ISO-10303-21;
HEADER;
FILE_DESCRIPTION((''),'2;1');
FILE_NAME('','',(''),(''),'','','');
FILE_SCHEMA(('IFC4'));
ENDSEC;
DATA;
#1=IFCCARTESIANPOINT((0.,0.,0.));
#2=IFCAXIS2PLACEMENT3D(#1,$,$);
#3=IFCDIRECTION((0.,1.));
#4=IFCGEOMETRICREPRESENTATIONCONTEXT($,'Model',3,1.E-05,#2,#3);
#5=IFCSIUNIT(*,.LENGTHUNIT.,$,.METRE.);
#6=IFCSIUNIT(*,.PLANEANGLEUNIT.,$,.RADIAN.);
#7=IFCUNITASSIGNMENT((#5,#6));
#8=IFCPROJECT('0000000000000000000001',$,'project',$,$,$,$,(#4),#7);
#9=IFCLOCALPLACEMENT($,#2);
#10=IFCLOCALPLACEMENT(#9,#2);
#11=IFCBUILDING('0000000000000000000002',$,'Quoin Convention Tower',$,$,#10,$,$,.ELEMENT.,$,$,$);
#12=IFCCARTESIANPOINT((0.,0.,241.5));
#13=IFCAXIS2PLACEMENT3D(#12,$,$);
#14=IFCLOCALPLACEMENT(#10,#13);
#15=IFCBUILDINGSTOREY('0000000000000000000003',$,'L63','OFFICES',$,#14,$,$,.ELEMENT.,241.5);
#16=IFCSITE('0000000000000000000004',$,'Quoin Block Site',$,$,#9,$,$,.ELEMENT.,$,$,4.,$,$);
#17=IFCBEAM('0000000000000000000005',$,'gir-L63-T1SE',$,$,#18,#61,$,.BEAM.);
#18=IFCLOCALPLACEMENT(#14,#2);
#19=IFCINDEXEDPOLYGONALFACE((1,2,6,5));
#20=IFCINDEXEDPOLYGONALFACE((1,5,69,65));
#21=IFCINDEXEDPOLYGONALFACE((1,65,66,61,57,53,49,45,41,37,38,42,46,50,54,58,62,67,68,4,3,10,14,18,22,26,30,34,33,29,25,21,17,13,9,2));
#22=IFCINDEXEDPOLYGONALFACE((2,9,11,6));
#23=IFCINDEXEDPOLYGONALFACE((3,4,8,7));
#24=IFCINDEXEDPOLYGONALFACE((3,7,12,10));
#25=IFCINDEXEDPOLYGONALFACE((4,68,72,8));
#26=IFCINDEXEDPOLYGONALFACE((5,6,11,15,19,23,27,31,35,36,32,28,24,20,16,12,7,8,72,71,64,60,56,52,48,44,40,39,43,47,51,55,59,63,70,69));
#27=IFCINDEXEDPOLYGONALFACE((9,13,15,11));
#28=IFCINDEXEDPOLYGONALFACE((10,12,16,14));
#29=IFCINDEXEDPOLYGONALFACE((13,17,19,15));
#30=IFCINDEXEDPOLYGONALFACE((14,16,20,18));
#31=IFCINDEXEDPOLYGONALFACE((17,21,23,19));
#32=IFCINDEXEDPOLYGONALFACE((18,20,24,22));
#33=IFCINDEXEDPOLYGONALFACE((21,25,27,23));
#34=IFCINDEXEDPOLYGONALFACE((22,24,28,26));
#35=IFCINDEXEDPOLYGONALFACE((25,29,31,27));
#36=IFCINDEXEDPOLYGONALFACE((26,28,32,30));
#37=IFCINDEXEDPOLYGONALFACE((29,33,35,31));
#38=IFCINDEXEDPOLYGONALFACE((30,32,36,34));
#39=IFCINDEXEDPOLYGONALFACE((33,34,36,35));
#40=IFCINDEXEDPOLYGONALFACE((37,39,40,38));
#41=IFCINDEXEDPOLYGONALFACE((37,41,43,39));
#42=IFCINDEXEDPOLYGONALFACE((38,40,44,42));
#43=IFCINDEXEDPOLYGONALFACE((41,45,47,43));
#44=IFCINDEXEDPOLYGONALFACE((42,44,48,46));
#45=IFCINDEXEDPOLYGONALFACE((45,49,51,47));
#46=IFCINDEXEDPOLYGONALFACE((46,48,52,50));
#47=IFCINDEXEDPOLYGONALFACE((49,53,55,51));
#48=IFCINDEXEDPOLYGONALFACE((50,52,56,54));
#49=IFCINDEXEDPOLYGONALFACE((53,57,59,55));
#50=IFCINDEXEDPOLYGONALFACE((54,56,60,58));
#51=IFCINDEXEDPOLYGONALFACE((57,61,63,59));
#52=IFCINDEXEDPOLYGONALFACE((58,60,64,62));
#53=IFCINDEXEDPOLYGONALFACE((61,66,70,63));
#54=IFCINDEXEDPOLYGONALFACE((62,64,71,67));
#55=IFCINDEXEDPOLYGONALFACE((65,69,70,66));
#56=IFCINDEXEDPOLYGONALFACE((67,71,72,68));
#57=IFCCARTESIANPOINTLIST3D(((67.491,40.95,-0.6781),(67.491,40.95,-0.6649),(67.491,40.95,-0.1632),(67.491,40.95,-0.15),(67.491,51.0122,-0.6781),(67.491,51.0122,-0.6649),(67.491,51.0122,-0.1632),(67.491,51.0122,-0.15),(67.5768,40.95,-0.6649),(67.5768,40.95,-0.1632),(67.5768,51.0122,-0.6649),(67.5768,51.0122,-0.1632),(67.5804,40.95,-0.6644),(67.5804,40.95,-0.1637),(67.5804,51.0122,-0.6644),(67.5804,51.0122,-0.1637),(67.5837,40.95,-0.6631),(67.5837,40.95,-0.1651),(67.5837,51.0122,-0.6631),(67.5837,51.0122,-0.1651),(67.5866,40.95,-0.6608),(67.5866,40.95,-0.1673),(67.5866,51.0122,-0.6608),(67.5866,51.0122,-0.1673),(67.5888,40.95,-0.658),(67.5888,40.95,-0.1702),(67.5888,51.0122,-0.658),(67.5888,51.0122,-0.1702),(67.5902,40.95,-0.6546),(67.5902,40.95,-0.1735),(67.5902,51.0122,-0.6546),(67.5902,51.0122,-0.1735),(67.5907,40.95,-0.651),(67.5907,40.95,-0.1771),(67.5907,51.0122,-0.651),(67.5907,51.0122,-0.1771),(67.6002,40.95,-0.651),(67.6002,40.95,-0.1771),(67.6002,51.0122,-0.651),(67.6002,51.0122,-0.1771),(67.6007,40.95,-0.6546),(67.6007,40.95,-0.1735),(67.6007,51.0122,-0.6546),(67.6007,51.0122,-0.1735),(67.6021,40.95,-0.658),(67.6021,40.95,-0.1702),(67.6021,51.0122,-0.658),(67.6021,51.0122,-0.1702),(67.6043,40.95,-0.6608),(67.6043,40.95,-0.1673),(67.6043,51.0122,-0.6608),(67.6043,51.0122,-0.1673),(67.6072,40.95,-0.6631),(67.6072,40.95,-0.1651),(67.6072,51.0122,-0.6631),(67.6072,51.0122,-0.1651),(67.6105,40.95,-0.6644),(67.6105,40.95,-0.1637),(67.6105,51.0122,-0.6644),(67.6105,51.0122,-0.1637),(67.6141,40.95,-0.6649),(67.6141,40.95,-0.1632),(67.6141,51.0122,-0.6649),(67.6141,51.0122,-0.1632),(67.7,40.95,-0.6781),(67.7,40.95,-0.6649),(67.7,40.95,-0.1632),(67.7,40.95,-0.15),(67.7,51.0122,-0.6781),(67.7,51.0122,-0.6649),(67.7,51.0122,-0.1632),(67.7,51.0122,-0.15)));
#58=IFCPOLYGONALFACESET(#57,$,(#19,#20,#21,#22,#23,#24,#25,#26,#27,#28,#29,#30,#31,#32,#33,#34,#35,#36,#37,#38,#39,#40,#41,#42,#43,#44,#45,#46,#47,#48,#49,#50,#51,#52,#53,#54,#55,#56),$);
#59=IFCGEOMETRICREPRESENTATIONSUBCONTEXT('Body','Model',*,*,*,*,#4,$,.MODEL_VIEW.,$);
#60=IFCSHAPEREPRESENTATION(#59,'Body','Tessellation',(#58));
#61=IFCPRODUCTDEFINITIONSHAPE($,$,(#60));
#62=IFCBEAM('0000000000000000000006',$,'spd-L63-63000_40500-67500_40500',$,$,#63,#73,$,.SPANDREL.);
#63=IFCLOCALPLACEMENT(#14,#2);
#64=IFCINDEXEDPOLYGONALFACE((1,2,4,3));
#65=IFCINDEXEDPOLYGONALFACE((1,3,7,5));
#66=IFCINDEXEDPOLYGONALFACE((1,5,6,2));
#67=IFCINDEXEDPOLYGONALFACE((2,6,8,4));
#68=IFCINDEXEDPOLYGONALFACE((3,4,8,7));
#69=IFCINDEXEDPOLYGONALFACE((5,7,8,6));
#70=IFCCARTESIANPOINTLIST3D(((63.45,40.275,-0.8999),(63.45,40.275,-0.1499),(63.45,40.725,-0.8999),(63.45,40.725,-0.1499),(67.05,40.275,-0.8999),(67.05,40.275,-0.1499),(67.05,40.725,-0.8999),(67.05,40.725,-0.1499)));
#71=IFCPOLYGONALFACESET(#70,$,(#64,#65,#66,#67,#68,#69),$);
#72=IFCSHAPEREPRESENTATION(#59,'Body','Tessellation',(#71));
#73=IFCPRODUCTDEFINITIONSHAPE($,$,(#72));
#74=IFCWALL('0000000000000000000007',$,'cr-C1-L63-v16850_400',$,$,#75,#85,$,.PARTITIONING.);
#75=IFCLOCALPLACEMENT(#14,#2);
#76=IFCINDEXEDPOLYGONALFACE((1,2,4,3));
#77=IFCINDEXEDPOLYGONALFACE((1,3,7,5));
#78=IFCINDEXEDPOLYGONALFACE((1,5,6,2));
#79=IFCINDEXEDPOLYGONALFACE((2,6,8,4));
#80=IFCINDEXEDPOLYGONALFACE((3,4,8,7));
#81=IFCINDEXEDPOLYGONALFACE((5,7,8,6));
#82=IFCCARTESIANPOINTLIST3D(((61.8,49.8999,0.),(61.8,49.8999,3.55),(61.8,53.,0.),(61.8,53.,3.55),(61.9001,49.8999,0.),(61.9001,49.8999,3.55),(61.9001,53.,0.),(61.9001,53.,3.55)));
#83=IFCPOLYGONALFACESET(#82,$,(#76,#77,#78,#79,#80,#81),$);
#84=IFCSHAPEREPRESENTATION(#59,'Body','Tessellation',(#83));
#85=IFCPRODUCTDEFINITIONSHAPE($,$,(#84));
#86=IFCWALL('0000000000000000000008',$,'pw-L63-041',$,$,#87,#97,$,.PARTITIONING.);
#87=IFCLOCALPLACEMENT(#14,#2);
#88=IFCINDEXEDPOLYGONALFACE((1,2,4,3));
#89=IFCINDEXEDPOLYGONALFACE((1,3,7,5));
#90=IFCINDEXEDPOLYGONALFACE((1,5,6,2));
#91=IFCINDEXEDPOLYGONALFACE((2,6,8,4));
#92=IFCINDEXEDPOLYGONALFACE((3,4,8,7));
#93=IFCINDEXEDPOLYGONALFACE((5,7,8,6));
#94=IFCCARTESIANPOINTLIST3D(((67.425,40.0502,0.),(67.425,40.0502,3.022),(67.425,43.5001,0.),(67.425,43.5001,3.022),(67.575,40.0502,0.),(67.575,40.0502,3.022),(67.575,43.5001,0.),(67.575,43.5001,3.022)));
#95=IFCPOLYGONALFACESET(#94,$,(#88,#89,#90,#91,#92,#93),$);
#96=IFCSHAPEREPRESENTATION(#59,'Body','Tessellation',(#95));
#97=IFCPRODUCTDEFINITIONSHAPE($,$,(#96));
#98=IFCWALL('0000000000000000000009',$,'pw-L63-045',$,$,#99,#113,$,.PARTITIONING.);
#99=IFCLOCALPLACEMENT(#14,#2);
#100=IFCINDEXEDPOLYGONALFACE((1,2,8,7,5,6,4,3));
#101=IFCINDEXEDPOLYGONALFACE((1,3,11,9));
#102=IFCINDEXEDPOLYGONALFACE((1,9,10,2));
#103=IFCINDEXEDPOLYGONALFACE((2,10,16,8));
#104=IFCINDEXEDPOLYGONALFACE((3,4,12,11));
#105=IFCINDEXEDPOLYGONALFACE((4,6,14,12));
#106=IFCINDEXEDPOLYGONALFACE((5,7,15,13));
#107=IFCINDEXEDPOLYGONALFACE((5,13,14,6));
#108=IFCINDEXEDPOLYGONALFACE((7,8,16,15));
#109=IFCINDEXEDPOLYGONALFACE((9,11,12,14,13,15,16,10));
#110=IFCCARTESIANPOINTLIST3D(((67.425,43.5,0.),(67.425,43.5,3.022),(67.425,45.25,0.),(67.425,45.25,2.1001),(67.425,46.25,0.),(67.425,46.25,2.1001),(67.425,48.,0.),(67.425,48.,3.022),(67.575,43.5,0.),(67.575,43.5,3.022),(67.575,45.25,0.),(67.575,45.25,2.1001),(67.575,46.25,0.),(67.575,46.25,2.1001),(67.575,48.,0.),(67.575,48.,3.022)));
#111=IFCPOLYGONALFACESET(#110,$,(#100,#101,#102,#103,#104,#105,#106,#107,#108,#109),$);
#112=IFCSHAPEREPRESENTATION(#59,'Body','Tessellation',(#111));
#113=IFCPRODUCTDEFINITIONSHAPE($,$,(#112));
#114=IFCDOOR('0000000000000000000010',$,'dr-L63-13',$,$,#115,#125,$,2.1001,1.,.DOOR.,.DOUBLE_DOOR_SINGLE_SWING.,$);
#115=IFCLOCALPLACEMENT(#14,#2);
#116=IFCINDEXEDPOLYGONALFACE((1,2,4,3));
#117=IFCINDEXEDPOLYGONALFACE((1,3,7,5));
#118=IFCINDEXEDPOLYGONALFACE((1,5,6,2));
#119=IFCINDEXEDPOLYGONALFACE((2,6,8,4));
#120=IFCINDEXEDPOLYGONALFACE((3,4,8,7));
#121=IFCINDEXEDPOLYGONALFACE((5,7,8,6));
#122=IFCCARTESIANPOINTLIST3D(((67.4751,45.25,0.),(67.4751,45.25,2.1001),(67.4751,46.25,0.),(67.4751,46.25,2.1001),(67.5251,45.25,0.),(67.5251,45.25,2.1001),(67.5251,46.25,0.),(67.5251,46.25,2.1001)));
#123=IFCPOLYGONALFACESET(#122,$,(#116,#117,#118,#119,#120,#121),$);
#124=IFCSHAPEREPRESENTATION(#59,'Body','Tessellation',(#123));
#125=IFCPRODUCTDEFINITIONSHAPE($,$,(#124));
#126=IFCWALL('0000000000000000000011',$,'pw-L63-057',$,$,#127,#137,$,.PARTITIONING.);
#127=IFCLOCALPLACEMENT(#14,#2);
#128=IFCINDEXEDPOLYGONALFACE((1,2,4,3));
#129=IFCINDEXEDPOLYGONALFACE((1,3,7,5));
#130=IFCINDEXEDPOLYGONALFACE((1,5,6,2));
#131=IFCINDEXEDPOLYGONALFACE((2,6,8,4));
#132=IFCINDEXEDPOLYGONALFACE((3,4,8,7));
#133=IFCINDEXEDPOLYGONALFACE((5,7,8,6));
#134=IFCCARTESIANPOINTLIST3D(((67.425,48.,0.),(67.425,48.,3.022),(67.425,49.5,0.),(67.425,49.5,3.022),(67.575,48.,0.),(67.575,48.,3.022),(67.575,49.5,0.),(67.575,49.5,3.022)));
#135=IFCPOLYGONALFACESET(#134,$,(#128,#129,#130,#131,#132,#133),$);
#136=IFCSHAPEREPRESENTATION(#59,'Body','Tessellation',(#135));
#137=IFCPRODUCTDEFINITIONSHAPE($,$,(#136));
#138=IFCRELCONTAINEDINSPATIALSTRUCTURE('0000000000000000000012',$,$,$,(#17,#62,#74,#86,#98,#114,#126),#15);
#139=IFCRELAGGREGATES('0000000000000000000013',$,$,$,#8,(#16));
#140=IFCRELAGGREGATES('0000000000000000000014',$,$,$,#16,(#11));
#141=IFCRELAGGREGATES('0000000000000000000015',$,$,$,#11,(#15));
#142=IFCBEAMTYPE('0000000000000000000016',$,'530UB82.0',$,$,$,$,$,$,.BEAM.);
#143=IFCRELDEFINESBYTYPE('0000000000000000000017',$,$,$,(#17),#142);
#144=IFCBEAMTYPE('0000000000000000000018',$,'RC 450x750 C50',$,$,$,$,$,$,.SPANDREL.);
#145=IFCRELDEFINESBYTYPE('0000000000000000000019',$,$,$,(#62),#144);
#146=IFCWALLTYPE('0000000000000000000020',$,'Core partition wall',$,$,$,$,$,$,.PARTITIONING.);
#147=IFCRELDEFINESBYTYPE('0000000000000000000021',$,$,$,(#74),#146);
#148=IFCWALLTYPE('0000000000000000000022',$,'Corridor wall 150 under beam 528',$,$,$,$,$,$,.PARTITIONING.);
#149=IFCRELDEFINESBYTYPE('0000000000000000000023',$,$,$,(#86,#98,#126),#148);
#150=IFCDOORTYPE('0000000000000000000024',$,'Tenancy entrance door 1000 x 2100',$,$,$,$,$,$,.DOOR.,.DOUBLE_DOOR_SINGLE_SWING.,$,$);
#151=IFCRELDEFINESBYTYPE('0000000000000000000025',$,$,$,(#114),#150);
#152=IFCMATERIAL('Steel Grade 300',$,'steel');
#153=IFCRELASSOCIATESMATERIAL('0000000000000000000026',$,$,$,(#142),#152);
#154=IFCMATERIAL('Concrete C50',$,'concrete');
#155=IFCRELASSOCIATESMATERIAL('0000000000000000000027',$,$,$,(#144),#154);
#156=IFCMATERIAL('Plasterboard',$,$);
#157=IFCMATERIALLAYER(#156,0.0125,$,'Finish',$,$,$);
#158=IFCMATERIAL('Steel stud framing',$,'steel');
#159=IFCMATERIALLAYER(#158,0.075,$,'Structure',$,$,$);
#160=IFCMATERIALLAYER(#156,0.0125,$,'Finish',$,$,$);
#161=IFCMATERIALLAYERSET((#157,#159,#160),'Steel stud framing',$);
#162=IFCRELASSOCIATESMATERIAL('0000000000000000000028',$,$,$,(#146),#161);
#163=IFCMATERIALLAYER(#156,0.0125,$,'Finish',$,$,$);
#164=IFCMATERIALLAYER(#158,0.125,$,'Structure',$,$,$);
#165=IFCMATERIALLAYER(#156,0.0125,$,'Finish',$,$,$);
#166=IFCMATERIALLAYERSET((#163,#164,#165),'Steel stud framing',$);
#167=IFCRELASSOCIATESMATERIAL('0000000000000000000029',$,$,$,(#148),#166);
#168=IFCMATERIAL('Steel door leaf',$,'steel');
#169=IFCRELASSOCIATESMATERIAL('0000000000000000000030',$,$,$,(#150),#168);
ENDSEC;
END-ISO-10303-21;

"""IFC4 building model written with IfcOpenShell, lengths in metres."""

from ifc_helpers import new_model, si_unit, direction, frame, frame_2d, origin, origin_2d, place, context, subcontext, project, spatial, rectangle, i_section, extrude, material, layer, layer_set, material_profile, profile_set, type_object, element, fill, save


model = new_model("IFC4")

# Units and contexts
model_context = context("Model", 3, precision=1e-05, world=origin(), true_north=direction((0.0, 1.0)))
body_context = subcontext(model_context, "Body", "Model", "MODEL_VIEW")
ifc_project = project(units=[si_unit("LENGTHUNIT", "METRE"), si_unit("PLANEANGLEUNIT", "RADIAN")], contexts=[model_context])

# Site, building, storey
site_placement = place(None, origin())
site = spatial("IfcSite", under=ifc_project, at=site_placement, Name="Quoin Block Site", CompositionType="ELEMENT", RefElevation=4.0)
building_placement = place(site_placement, origin())
building = spatial("IfcBuilding", under=site, at=building_placement, Name="Quoin Convention Tower", CompositionType="ELEMENT")
storey_placement = place(building_placement, frame((0.0, 0.0, 241.5)))
storey = spatial("IfcBuildingStorey", under=building, at=storey_placement, Name="L63", Description="OFFICES", CompositionType="ELEMENT", Elevation=241.5)

# Shared definitions
ifc_material_1 = material(Name="Concrete C50", Category="concrete")

# Beams
ifc_material_2 = material(Name="Steel Grade 300", Category="steel")
ifc_material_profile_1 = material_profile(ifc_material_2, i_section(OverallWidth=0.209, OverallDepth=0.5281, WebThickness=0.0095, FlangeThickness=0.0132, FilletRadius=0.0139, at=origin_2d()), Name="530UB82.0")
ifc_profile_set_1 = profile_set([ifc_material_profile_1], Name="Steel Grade 300")
beam_type_1 = type_object("IfcBeamType", Name="530UB82.0", PredefinedType="BEAM", material=ifc_profile_set_1)
beam_1_placement = place(storey_placement, frame((67.5955, 40.95, -0.4141), z_axis=(0.0, 1.0, 0.0), x_axis=(-1.0, 0.0, 0.0)))
element("IfcBeam", 1, at=beam_1_placement, inside=storey, type_object=beam_type_1, Name="gir-L63-T1SE", PredefinedType="BEAM", context=body_context, shape_type="SweptSolid", body=[
    extrude(i_section(OverallWidth=0.209, OverallDepth=0.5281, WebThickness=0.0095, FlangeThickness=0.0132, FilletRadius=0.0139, at=origin_2d()), origin(), (0.0, 0.0, 1.0), 10.0623),
])
ifc_material_profile_2 = material_profile(ifc_material_1, rectangle(XDim=0.45, YDim=0.75, at=origin_2d()), Name="RC 450x750")
ifc_profile_set_2 = profile_set([ifc_material_profile_2], Name="Concrete C50")
beam_type_2 = type_object("IfcBeamType", Name="RC 450x750 C50", PredefinedType="SPANDREL", material=ifc_profile_set_2)
beam_2_placement = place(storey_placement, frame((63.45, 40.5, -0.5249), z_axis=(1.0, 0.0, 0.0), x_axis=(0.0, 1.0, 0.0)))
element("IfcBeam", 2, at=beam_2_placement, inside=storey, type_object=beam_type_2, Name="spd-L63-63000_40500-67500_40500", PredefinedType="SPANDREL", context=body_context, shape_type="SweptSolid", body=[
    extrude(rectangle(XDim=0.45, YDim=0.75, at=origin_2d()), origin(), (0.0, 0.0, 1.0), 3.6001),
])

# Walls
ifc_material_3 = material(Name="Plasterboard")
ifc_layer_1 = layer(ifc_material_3, 0.0125, Name="Finish")
ifc_material_4 = material(Name="Steel stud framing", Category="steel")
ifc_layer_2 = layer(ifc_material_4, 0.075, Name="Structure")
ifc_layer_3 = layer(ifc_material_3, 0.0125, Name="Finish")
ifc_layer_set_1 = layer_set([ifc_layer_1, ifc_layer_2, ifc_layer_3], Name="Steel stud framing")
wall_type_1 = type_object("IfcWallType", Name="Core partition wall", PredefinedType="PARTITIONING", material=ifc_layer_set_1)
wall_1_placement = place(storey_placement, frame((61.8501, 49.8999, 0.0), z_axis=(0.0, 0.0, 1.0), x_axis=(0.0, 1.0, 0.0)))
element("IfcWall", 3, at=wall_1_placement, inside=storey, type_object=wall_type_1, Name="cr-C1-L63-v16850_400", PredefinedType="PARTITIONING", context=body_context, shape_type="SweptSolid", body=[
    extrude(rectangle(XDim=3.1001, YDim=0.1001, at=frame_2d((1.55, 0.0))), origin(), (0.0, 0.0, 1.0), 3.55),
])
ifc_layer_4 = layer(ifc_material_3, 0.0125, Name="Finish")
ifc_layer_5 = layer(ifc_material_4, 0.125, Name="Structure")
ifc_layer_6 = layer(ifc_material_3, 0.0125, Name="Finish")
ifc_layer_set_2 = layer_set([ifc_layer_4, ifc_layer_5, ifc_layer_6], Name="Steel stud framing")
wall_type_2 = type_object("IfcWallType", Name="Corridor wall 150 under beam 528", PredefinedType="PARTITIONING", material=ifc_layer_set_2)
wall_2_placement = place(storey_placement, frame((67.5, 40.05, 0.0), z_axis=(0.0, 0.0, 1.0), x_axis=(0.0, 1.0, 0.0)))
element("IfcWall", 4, at=wall_2_placement, inside=storey, type_object=wall_type_2, Name="pw-L63-041", PredefinedType="PARTITIONING", context=body_context, shape_type="SweptSolid", body=[
    extrude(rectangle(XDim=3.45, YDim=0.1499, at=frame_2d((1.7251, 0.0))), origin(), (0.0, 0.0, 1.0), 3.022),
])

# Wall, opening, door
wall_3_placement = place(storey_placement, frame((67.5, 43.5, 0.0), z_axis=(0.0, 0.0, 1.0), x_axis=(0.0, 1.0, 0.0)))
wall_3 = element("IfcWall", 5, at=wall_3_placement, inside=storey, type_object=wall_type_2, Name="pw-L63-045", PredefinedType="PARTITIONING", context=body_context, shape_type="SweptSolid", body=[
    extrude(rectangle(XDim=4.5, YDim=0.1499, at=frame_2d((2.25, 0.0))), origin(), (0.0, 0.0, 1.0), 3.022),
])
opening_1_placement = place(wall_3_placement, frame((1.75, 0.0, 0.0)))
opening_1 = element("IfcOpeningElement", 6, at=opening_1_placement, cuts=wall_3, PredefinedType="OPENING", context=body_context, shape_type="SweptSolid", body=[
    extrude(rectangle(XDim=1.0, YDim=2.1001, at=frame_2d((0.5, 1.05))), frame((0.0, 0.085, 0.0), z_axis=(0.0, -1.0, 0.0), x_axis=(1.0, 0.0, 0.0)), (0.0, 0.0, 1.0), 0.1699),
])
ifc_material_5 = material(Name="Steel door leaf", Category="steel")
door_type_1 = type_object("IfcDoorType", Name="Tenancy entrance door 1000 x 2100", OperationType="DOUBLE_DOOR_SINGLE_SWING", PredefinedType="DOOR", material=ifc_material_5)
door_1_placement = place(opening_1_placement, origin())
door_1 = element("IfcDoor", 7, at=door_1_placement, inside=storey, type_object=door_type_1, Name="dr-L63-13", OperationType="DOUBLE_DOOR_SINGLE_SWING", OverallHeight=2.1001, OverallWidth=1.0, PredefinedType="DOOR", context=body_context, shape_type="SweptSolid", body=[
    extrude(rectangle(XDim=1.0, YDim=2.1001, at=frame_2d((0.5, 1.05))), frame((0.0, 0.0249, 0.0), z_axis=(0.0, -1.0, 0.0), x_axis=(1.0, 0.0, 0.0)), (0.0, 0.0, 1.0), 0.05),
])
fill(opening_1, door_1)

# Wall
wall_4_placement = place(storey_placement, frame((67.5, 48.0, 0.0), z_axis=(0.0, 0.0, 1.0), x_axis=(0.0, 1.0, 0.0)))
element("IfcWall", 8, at=wall_4_placement, inside=storey, type_object=wall_type_2, Name="pw-L63-057", PredefinedType="PARTITIONING", context=body_context, shape_type="SweptSolid", body=[
    extrude(rectangle(XDim=1.5, YDim=0.1499, at=frame_2d((0.75, 0.0))), origin(), (0.0, 0.0, 1.0), 3.022),
])

save(model, "model.ifc")
